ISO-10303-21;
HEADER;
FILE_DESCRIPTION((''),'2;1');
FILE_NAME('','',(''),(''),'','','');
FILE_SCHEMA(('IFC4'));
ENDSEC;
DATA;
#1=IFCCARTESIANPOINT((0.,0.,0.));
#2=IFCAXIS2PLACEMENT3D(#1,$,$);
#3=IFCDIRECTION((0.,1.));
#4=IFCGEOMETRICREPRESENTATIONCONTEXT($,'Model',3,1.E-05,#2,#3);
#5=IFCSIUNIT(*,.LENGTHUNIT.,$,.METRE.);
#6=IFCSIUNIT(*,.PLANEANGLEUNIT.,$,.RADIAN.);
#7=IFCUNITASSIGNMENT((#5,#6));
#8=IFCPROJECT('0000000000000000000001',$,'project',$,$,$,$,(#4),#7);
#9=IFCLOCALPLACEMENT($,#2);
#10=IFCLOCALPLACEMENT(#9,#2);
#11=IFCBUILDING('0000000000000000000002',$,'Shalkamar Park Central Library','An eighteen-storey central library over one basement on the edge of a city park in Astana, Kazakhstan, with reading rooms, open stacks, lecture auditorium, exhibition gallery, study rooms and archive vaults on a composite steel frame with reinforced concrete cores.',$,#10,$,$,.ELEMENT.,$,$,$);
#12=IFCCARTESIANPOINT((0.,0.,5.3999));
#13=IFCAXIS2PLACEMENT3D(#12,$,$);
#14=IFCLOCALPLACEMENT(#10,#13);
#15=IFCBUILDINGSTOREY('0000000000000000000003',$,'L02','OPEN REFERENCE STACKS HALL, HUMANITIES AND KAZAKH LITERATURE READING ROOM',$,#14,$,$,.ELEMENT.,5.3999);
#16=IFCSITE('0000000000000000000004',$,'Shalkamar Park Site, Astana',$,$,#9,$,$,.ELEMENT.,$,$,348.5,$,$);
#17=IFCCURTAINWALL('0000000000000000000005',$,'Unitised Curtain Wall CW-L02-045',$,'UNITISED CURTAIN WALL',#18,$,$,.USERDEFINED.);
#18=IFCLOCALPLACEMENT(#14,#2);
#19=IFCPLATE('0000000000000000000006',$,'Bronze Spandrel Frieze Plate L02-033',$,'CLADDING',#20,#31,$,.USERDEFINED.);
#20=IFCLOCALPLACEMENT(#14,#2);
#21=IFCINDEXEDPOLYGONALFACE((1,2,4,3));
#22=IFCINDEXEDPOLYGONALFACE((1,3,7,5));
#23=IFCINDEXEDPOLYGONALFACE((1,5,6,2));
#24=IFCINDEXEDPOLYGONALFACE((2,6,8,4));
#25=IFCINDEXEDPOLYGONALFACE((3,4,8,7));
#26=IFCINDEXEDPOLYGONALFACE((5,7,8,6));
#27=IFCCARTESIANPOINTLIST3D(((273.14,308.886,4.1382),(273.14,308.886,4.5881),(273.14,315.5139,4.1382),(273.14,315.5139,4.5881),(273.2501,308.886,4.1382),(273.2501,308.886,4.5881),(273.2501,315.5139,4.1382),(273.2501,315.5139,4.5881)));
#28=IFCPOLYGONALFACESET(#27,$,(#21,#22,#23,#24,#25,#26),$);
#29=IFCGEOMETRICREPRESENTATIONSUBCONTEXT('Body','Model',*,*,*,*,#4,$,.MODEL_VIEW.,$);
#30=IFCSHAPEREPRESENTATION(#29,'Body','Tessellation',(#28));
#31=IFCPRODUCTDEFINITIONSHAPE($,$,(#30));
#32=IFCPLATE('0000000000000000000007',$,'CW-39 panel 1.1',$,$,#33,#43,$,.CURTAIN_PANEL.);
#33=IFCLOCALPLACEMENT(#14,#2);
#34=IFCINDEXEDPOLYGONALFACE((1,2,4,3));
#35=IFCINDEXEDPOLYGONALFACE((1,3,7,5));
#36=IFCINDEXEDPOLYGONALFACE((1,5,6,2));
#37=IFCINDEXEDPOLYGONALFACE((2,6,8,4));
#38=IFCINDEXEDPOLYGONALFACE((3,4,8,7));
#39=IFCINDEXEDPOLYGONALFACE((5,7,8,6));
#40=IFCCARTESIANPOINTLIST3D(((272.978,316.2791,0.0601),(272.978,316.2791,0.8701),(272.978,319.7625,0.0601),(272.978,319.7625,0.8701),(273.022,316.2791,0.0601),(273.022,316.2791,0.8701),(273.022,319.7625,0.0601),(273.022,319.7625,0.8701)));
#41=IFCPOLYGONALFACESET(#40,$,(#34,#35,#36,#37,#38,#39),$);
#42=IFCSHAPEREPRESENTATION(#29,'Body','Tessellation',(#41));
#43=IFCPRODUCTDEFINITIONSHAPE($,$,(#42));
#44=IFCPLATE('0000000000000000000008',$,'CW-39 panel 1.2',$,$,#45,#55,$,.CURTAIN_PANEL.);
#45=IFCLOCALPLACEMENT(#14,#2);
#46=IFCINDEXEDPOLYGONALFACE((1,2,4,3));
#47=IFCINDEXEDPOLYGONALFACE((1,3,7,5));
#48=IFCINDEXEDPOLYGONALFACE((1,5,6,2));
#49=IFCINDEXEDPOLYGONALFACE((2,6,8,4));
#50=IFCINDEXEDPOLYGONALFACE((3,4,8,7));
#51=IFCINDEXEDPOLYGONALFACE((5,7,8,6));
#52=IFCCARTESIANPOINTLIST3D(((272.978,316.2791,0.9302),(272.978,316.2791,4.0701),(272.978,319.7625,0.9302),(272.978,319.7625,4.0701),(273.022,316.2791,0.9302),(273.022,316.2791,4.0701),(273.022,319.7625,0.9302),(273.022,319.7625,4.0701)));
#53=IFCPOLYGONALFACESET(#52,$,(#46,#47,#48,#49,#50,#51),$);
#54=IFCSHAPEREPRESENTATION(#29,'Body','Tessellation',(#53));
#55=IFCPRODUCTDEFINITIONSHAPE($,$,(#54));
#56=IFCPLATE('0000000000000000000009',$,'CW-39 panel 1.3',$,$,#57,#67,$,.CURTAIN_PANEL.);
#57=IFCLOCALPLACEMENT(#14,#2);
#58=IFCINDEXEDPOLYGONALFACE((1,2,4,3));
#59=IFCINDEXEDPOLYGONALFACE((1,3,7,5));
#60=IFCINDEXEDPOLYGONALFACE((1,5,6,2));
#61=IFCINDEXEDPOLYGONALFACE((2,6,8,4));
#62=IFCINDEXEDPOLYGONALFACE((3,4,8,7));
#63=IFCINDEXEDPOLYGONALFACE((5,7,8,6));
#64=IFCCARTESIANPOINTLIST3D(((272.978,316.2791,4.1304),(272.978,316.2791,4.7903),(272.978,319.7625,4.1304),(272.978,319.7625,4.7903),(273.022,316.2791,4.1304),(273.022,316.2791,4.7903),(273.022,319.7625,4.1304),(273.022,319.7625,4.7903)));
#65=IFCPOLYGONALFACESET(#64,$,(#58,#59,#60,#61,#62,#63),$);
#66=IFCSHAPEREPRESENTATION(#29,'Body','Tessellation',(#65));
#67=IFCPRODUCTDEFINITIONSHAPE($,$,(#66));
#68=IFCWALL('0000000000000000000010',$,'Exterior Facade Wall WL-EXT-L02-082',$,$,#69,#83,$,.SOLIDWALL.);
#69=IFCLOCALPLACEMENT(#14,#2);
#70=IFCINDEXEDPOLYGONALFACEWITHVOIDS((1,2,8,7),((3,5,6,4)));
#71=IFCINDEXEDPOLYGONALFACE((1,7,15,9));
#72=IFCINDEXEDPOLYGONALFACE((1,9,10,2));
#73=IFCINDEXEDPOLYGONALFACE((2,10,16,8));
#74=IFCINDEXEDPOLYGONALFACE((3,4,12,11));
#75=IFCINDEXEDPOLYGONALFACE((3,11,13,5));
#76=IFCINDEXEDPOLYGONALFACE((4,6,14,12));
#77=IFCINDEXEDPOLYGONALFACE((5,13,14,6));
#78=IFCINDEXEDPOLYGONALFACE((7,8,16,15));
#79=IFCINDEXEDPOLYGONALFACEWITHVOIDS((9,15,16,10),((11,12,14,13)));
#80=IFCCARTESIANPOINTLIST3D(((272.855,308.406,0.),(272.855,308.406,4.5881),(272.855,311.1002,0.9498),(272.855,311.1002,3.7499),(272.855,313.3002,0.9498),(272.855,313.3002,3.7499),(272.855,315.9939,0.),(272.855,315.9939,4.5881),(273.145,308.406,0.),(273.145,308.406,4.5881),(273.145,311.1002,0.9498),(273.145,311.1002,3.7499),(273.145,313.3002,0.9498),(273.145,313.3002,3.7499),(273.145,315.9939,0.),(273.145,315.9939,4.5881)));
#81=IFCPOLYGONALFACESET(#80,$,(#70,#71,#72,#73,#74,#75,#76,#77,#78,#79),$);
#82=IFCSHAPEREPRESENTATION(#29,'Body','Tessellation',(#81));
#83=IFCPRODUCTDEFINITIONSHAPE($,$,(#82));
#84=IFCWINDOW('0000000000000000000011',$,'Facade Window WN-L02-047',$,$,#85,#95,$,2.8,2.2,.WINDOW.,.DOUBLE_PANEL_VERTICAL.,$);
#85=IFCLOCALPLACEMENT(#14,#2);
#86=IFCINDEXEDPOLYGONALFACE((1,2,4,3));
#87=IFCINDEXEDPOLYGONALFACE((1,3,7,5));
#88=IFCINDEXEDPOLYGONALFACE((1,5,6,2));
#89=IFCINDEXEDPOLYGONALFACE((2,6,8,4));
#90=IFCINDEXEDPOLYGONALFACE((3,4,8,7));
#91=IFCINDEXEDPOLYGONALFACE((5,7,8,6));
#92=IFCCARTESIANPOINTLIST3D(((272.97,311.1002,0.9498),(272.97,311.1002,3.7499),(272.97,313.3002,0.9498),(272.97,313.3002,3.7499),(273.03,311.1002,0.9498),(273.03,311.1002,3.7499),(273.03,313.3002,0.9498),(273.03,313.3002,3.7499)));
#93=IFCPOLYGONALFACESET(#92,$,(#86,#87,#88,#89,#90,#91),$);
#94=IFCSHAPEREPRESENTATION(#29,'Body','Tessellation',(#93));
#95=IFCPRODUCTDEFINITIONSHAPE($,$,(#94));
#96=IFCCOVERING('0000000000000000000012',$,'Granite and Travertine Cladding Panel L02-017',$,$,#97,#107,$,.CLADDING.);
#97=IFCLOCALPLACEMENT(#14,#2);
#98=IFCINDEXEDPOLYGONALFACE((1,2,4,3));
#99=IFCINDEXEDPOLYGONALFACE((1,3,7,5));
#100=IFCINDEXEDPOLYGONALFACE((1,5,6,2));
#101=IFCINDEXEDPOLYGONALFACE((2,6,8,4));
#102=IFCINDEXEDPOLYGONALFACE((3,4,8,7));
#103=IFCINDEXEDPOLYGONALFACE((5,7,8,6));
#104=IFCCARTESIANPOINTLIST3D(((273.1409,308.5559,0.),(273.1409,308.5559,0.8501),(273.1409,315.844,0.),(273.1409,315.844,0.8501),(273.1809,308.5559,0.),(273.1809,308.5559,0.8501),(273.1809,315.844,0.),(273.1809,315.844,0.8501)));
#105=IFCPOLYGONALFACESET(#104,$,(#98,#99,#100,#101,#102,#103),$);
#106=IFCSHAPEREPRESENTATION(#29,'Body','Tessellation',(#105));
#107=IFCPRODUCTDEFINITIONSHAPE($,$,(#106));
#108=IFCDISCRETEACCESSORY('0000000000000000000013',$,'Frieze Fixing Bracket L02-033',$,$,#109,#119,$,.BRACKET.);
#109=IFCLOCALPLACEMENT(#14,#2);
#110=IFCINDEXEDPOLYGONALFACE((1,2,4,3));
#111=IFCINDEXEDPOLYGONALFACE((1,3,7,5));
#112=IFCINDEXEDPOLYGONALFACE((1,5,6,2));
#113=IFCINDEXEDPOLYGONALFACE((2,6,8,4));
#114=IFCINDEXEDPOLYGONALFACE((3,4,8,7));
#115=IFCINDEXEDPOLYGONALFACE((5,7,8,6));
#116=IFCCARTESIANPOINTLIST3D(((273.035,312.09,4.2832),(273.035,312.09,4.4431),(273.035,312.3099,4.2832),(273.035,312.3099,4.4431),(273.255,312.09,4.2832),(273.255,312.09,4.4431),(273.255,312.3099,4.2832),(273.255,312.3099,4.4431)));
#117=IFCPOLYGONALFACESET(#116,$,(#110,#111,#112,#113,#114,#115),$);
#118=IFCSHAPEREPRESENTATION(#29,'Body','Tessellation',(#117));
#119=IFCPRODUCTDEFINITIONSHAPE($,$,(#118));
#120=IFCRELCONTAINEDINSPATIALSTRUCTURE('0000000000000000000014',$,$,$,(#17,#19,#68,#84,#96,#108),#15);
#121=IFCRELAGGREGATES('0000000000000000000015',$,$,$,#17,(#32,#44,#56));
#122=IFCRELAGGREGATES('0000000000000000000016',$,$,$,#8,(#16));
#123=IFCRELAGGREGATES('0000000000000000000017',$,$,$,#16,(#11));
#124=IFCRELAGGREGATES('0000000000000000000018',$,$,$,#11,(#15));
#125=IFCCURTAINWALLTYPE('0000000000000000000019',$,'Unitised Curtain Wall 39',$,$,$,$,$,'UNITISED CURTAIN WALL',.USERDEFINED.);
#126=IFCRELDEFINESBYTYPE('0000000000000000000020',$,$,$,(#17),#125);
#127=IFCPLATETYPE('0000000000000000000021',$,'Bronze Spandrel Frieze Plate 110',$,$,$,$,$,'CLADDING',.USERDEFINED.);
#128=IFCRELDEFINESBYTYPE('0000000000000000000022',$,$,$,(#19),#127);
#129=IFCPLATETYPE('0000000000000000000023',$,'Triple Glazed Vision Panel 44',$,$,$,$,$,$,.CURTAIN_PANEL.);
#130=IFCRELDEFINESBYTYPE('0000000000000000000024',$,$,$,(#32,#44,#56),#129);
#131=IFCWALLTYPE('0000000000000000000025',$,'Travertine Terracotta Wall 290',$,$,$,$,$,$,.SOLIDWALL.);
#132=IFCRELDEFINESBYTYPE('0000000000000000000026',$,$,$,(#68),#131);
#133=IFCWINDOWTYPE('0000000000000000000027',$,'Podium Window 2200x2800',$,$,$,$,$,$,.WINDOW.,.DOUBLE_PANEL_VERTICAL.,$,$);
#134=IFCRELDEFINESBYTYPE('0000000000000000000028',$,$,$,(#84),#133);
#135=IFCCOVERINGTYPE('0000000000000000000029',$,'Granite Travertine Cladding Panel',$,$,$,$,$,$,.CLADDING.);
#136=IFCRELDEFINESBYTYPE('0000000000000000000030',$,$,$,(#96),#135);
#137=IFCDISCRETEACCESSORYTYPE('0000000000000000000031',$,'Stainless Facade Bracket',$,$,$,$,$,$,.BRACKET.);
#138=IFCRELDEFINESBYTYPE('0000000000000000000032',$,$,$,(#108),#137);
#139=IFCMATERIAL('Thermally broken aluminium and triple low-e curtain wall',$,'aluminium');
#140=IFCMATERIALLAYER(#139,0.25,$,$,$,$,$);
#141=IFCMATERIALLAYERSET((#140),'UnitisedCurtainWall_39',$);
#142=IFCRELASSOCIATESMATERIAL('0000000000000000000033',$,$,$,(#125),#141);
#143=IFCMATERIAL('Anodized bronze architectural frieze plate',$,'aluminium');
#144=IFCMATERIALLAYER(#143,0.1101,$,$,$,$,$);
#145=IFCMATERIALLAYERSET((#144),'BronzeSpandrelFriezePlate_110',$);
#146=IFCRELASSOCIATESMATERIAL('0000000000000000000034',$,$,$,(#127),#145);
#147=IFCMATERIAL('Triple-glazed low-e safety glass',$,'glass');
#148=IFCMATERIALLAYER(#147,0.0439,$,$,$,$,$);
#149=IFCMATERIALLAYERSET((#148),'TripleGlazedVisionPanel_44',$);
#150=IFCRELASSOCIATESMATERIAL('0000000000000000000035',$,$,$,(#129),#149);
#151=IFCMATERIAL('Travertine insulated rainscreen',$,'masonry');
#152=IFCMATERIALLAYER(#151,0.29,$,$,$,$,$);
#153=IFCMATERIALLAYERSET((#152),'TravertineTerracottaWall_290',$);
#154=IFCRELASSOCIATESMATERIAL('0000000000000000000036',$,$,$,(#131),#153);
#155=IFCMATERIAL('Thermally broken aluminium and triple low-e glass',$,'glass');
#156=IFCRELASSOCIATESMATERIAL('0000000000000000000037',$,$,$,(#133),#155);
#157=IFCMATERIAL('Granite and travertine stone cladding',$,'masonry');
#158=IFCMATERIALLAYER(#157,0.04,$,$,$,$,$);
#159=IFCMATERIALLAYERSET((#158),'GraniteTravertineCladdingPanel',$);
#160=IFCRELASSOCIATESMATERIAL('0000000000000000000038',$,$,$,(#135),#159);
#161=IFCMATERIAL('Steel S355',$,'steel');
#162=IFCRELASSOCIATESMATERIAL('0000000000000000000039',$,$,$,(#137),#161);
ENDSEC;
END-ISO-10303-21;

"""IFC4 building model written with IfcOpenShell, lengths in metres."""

from ifc_helpers import new_model, si_unit, direction, frame, frame_2d, origin, origin_2d, place, context, subcontext, project, spatial, rectangle, extrude, material, layer, layer_set, type_object, element, fill, aggregate, save


model = new_model("IFC4")

# Units and contexts
model_context = context("Model", 3, precision=1e-05, world=origin(), true_north=direction((0.0, 1.0)))
body_context = subcontext(model_context, "Body", "Model", "MODEL_VIEW")
ifc_project = project(units=[si_unit("LENGTHUNIT", "METRE"), si_unit("PLANEANGLEUNIT", "RADIAN")], contexts=[model_context])

# Site, building, storey
site_placement = place(None, origin())
site = spatial("IfcSite", under=ifc_project, at=site_placement, Name="Shalkamar Park Site, Astana", CompositionType="ELEMENT", RefElevation=348.5)
building_placement = place(site_placement, origin())
building = spatial("IfcBuilding", under=site, at=building_placement, Name="Shalkamar Park Central Library", Description="An eighteen-storey central library over one basement on the edge of a city park in Astana, Kazakhstan, with reading rooms, open stacks, lecture auditorium, exhibition gallery, study rooms and archive vaults on a composite steel frame with reinforced concrete cores.", CompositionType="ELEMENT")
storey_placement = place(building_placement, frame((0.0, 0.0, 5.3999)))
storey = spatial("IfcBuildingStorey", under=building, at=storey_placement, Name="L02", Description="OPEN REFERENCE STACKS HALL, HUMANITIES AND KAZAKH LITERATURE READING ROOM", CompositionType="ELEMENT", Elevation=5.3999)

# Shared definitions
ifc_material_1 = material(Name="Steel S355", Category="steel")

# Curtain wall
ifc_material_2 = material(Name="Thermally broken aluminium and triple low-e curtain wall", Category="aluminium")
ifc_layer_1 = layer(ifc_material_2, 0.25)
ifc_layer_set_1 = layer_set([ifc_layer_1], Name="UnitisedCurtainWall_39")
curtain_wall_type = type_object("IfcCurtainWallType", Name="Unitised Curtain Wall 39", ElementType="UNITISED CURTAIN WALL", PredefinedType="USERDEFINED", material=ifc_layer_set_1)
curtain_wall_placement = place(storey_placement, origin())
curtain_wall = element("IfcCurtainWall", 1, at=curtain_wall_placement, inside=storey, type_object=curtain_wall_type, Name="Unitised Curtain Wall CW-L02-045", ObjectType="UNITISED CURTAIN WALL", PredefinedType="USERDEFINED")

# Plates
ifc_material_3 = material(Name="Anodized bronze architectural frieze plate", Category="aluminium")
ifc_layer_2 = layer(ifc_material_3, 0.1101)
ifc_layer_set_2 = layer_set([ifc_layer_2], Name="BronzeSpandrelFriezePlate_110")
plate_type_1 = type_object("IfcPlateType", Name="Bronze Spandrel Frieze Plate 110", ElementType="CLADDING", PredefinedType="USERDEFINED", material=ifc_layer_set_2)
plate_1_placement = place(storey_placement, frame((273.1951, 312.2, 4.1382), z_axis=(0.0, 0.0, 1.0), x_axis=(1.0, 0.0, 0.0)))
element("IfcPlate", 2, at=plate_1_placement, inside=storey, type_object=plate_type_1, Name="Bronze Spandrel Frieze Plate L02-033", ObjectType="CLADDING", PredefinedType="USERDEFINED", context=body_context, shape_type="SweptSolid", body=[
    extrude(rectangle(XDim=0.1101, YDim=6.6279, at=origin_2d()), origin(), (0.0, 0.0, 1.0), 0.45),
])
ifc_material_4 = material(Name="Triple-glazed low-e safety glass", Category="glass")
ifc_layer_3 = layer(ifc_material_4, 0.0439)
ifc_layer_set_3 = layer_set([ifc_layer_3], Name="TripleGlazedVisionPanel_44")
plate_type_2 = type_object("IfcPlateType", Name="Triple Glazed Vision Panel 44", PredefinedType="CURTAIN_PANEL", material=ifc_layer_set_3)
plate_2_placement = place(storey_placement, frame((273.0, 318.0208, 0.0601), z_axis=(0.0, 0.0, 1.0), x_axis=(0.0, 1.0, 0.0)))
plate_2 = element("IfcPlate", 3, at=plate_2_placement, type_object=plate_type_2, Name="CW-39 panel 1.1", PredefinedType="CURTAIN_PANEL", context=body_context, shape_type="SweptSolid", body=[
    extrude(rectangle(XDim=3.4834, YDim=0.0439, at=origin_2d()), origin(), (0.0, 0.0, 1.0), 0.8101),
])
plate_3_placement = place(storey_placement, frame((273.0, 318.0208, 0.9302), z_axis=(0.0, 0.0, 1.0), x_axis=(0.0, 1.0, 0.0)))
plate_3 = element("IfcPlate", 4, at=plate_3_placement, type_object=plate_type_2, Name="CW-39 panel 1.2", PredefinedType="CURTAIN_PANEL", context=body_context, shape_type="SweptSolid", body=[
    extrude(rectangle(XDim=3.4834, YDim=0.0439, at=origin_2d()), origin(), (0.0, 0.0, 1.0), 3.1399),
])
plate_4_placement = place(storey_placement, frame((273.0, 318.0208, 4.1304), z_axis=(0.0, 0.0, 1.0), x_axis=(0.0, 1.0, 0.0)))
plate_4 = element("IfcPlate", 5, at=plate_4_placement, type_object=plate_type_2, Name="CW-39 panel 1.3", PredefinedType="CURTAIN_PANEL", context=body_context, shape_type="SweptSolid", body=[
    extrude(rectangle(XDim=3.4834, YDim=0.0439, at=origin_2d()), origin(), (0.0, 0.0, 1.0), 0.6599),
])
aggregate(curtain_wall, [plate_2, plate_3, plate_4])

# Wall, opening, window
ifc_material_5 = material(Name="Travertine insulated rainscreen", Category="masonry")
ifc_layer_4 = layer(ifc_material_5, 0.29)
ifc_layer_set_4 = layer_set([ifc_layer_4], Name="TravertineTerracottaWall_290")
wall_type = type_object("IfcWallType", Name="Travertine Terracotta Wall 290", PredefinedType="SOLIDWALL", material=ifc_layer_set_4)
wall_placement = place(storey_placement, frame((273.0, 308.406, 0.0), z_axis=(0.0, 0.0, 1.0), x_axis=(0.0, 1.0, 0.0)))
wall = element("IfcWall", 6, at=wall_placement, inside=storey, type_object=wall_type, Name="Exterior Facade Wall WL-EXT-L02-082", PredefinedType="SOLIDWALL", context=body_context, shape_type="SweptSolid", body=[
    extrude(rectangle(XDim=7.5879, YDim=0.29, at=frame_2d((3.7939, 0.0))), origin(), (0.0, 0.0, 1.0), 4.5881),
])
opening_placement = place(wall_placement, frame((2.6941, 0.0, 0.95)))
opening = element("IfcOpeningElement", 7, at=opening_placement, cuts=wall, PredefinedType="OPENING", context=body_context, shape_type="SweptSolid", body=[
    extrude(rectangle(XDim=2.2, YDim=2.8, at=frame_2d((1.1001, 1.3999))), frame((0.0, 0.1599, 0.0), z_axis=(0.0, -1.0, 0.0), x_axis=(1.0, 0.0, 0.0)), (0.0, 0.0, 1.0), 0.3198),
])
ifc_material_6 = material(Name="Thermally broken aluminium and triple low-e glass", Category="glass")
window_type = type_object("IfcWindowType", Name="Podium Window 2200x2800", PartitioningType="DOUBLE_PANEL_VERTICAL", PredefinedType="WINDOW", material=ifc_material_6)
window_placement = place(opening_placement, origin())
window = element("IfcWindow", 8, at=window_placement, inside=storey, type_object=window_type, Name="Facade Window WN-L02-047", OverallHeight=2.8, OverallWidth=2.2, PartitioningType="DOUBLE_PANEL_VERTICAL", PredefinedType="WINDOW", context=body_context, shape_type="SweptSolid", body=[
    extrude(rectangle(XDim=2.2, YDim=2.8, at=frame_2d((1.1001, 1.3999))), frame((0.0, 0.03, 0.0), z_axis=(0.0, -1.0, 0.0), x_axis=(1.0, 0.0, 0.0)), (0.0, 0.0, 1.0), 0.0601),
])
fill(opening, window)

# Covering
ifc_material_7 = material(Name="Granite and travertine stone cladding", Category="masonry")
ifc_layer_5 = layer(ifc_material_7, 0.04)
ifc_layer_set_5 = layer_set([ifc_layer_5], Name="GraniteTravertineCladdingPanel")
covering_type = type_object("IfcCoveringType", Name="Granite Travertine Cladding Panel", PredefinedType="CLADDING", material=ifc_layer_set_5)
covering_placement = place(storey_placement, frame((273.1609, 312.2, 0.0), z_axis=(0.0, 0.0, 1.0), x_axis=(1.0, 0.0, 0.0)))
element("IfcCovering", 9, at=covering_placement, inside=storey, type_object=covering_type, Name="Granite and Travertine Cladding Panel L02-017", PredefinedType="CLADDING", context=body_context, shape_type="SweptSolid", body=[
    extrude(rectangle(XDim=0.04, YDim=7.2881, at=origin_2d()), origin(), (0.0, 0.0, 1.0), 0.8501),
])

# Discrete accessory
discrete_accessory_type = type_object("IfcDiscreteAccessoryType", Name="Stainless Facade Bracket", PredefinedType="BRACKET", material=ifc_material_1)
discrete_accessory_placement = place(storey_placement, frame((273.145, 312.2, 4.2832), z_axis=(0.0, 0.0, 1.0), x_axis=(1.0, 0.0, 0.0)))
element("IfcDiscreteAccessory", 10, at=discrete_accessory_placement, inside=storey, type_object=discrete_accessory_type, Name="Frieze Fixing Bracket L02-033", PredefinedType="BRACKET", context=body_context, shape_type="SweptSolid", body=[
    extrude(rectangle(XDim=0.22, YDim=0.22, at=origin_2d()), origin(), (0.0, 0.0, 1.0), 0.1599),
])

save(model, "model.ifc")
